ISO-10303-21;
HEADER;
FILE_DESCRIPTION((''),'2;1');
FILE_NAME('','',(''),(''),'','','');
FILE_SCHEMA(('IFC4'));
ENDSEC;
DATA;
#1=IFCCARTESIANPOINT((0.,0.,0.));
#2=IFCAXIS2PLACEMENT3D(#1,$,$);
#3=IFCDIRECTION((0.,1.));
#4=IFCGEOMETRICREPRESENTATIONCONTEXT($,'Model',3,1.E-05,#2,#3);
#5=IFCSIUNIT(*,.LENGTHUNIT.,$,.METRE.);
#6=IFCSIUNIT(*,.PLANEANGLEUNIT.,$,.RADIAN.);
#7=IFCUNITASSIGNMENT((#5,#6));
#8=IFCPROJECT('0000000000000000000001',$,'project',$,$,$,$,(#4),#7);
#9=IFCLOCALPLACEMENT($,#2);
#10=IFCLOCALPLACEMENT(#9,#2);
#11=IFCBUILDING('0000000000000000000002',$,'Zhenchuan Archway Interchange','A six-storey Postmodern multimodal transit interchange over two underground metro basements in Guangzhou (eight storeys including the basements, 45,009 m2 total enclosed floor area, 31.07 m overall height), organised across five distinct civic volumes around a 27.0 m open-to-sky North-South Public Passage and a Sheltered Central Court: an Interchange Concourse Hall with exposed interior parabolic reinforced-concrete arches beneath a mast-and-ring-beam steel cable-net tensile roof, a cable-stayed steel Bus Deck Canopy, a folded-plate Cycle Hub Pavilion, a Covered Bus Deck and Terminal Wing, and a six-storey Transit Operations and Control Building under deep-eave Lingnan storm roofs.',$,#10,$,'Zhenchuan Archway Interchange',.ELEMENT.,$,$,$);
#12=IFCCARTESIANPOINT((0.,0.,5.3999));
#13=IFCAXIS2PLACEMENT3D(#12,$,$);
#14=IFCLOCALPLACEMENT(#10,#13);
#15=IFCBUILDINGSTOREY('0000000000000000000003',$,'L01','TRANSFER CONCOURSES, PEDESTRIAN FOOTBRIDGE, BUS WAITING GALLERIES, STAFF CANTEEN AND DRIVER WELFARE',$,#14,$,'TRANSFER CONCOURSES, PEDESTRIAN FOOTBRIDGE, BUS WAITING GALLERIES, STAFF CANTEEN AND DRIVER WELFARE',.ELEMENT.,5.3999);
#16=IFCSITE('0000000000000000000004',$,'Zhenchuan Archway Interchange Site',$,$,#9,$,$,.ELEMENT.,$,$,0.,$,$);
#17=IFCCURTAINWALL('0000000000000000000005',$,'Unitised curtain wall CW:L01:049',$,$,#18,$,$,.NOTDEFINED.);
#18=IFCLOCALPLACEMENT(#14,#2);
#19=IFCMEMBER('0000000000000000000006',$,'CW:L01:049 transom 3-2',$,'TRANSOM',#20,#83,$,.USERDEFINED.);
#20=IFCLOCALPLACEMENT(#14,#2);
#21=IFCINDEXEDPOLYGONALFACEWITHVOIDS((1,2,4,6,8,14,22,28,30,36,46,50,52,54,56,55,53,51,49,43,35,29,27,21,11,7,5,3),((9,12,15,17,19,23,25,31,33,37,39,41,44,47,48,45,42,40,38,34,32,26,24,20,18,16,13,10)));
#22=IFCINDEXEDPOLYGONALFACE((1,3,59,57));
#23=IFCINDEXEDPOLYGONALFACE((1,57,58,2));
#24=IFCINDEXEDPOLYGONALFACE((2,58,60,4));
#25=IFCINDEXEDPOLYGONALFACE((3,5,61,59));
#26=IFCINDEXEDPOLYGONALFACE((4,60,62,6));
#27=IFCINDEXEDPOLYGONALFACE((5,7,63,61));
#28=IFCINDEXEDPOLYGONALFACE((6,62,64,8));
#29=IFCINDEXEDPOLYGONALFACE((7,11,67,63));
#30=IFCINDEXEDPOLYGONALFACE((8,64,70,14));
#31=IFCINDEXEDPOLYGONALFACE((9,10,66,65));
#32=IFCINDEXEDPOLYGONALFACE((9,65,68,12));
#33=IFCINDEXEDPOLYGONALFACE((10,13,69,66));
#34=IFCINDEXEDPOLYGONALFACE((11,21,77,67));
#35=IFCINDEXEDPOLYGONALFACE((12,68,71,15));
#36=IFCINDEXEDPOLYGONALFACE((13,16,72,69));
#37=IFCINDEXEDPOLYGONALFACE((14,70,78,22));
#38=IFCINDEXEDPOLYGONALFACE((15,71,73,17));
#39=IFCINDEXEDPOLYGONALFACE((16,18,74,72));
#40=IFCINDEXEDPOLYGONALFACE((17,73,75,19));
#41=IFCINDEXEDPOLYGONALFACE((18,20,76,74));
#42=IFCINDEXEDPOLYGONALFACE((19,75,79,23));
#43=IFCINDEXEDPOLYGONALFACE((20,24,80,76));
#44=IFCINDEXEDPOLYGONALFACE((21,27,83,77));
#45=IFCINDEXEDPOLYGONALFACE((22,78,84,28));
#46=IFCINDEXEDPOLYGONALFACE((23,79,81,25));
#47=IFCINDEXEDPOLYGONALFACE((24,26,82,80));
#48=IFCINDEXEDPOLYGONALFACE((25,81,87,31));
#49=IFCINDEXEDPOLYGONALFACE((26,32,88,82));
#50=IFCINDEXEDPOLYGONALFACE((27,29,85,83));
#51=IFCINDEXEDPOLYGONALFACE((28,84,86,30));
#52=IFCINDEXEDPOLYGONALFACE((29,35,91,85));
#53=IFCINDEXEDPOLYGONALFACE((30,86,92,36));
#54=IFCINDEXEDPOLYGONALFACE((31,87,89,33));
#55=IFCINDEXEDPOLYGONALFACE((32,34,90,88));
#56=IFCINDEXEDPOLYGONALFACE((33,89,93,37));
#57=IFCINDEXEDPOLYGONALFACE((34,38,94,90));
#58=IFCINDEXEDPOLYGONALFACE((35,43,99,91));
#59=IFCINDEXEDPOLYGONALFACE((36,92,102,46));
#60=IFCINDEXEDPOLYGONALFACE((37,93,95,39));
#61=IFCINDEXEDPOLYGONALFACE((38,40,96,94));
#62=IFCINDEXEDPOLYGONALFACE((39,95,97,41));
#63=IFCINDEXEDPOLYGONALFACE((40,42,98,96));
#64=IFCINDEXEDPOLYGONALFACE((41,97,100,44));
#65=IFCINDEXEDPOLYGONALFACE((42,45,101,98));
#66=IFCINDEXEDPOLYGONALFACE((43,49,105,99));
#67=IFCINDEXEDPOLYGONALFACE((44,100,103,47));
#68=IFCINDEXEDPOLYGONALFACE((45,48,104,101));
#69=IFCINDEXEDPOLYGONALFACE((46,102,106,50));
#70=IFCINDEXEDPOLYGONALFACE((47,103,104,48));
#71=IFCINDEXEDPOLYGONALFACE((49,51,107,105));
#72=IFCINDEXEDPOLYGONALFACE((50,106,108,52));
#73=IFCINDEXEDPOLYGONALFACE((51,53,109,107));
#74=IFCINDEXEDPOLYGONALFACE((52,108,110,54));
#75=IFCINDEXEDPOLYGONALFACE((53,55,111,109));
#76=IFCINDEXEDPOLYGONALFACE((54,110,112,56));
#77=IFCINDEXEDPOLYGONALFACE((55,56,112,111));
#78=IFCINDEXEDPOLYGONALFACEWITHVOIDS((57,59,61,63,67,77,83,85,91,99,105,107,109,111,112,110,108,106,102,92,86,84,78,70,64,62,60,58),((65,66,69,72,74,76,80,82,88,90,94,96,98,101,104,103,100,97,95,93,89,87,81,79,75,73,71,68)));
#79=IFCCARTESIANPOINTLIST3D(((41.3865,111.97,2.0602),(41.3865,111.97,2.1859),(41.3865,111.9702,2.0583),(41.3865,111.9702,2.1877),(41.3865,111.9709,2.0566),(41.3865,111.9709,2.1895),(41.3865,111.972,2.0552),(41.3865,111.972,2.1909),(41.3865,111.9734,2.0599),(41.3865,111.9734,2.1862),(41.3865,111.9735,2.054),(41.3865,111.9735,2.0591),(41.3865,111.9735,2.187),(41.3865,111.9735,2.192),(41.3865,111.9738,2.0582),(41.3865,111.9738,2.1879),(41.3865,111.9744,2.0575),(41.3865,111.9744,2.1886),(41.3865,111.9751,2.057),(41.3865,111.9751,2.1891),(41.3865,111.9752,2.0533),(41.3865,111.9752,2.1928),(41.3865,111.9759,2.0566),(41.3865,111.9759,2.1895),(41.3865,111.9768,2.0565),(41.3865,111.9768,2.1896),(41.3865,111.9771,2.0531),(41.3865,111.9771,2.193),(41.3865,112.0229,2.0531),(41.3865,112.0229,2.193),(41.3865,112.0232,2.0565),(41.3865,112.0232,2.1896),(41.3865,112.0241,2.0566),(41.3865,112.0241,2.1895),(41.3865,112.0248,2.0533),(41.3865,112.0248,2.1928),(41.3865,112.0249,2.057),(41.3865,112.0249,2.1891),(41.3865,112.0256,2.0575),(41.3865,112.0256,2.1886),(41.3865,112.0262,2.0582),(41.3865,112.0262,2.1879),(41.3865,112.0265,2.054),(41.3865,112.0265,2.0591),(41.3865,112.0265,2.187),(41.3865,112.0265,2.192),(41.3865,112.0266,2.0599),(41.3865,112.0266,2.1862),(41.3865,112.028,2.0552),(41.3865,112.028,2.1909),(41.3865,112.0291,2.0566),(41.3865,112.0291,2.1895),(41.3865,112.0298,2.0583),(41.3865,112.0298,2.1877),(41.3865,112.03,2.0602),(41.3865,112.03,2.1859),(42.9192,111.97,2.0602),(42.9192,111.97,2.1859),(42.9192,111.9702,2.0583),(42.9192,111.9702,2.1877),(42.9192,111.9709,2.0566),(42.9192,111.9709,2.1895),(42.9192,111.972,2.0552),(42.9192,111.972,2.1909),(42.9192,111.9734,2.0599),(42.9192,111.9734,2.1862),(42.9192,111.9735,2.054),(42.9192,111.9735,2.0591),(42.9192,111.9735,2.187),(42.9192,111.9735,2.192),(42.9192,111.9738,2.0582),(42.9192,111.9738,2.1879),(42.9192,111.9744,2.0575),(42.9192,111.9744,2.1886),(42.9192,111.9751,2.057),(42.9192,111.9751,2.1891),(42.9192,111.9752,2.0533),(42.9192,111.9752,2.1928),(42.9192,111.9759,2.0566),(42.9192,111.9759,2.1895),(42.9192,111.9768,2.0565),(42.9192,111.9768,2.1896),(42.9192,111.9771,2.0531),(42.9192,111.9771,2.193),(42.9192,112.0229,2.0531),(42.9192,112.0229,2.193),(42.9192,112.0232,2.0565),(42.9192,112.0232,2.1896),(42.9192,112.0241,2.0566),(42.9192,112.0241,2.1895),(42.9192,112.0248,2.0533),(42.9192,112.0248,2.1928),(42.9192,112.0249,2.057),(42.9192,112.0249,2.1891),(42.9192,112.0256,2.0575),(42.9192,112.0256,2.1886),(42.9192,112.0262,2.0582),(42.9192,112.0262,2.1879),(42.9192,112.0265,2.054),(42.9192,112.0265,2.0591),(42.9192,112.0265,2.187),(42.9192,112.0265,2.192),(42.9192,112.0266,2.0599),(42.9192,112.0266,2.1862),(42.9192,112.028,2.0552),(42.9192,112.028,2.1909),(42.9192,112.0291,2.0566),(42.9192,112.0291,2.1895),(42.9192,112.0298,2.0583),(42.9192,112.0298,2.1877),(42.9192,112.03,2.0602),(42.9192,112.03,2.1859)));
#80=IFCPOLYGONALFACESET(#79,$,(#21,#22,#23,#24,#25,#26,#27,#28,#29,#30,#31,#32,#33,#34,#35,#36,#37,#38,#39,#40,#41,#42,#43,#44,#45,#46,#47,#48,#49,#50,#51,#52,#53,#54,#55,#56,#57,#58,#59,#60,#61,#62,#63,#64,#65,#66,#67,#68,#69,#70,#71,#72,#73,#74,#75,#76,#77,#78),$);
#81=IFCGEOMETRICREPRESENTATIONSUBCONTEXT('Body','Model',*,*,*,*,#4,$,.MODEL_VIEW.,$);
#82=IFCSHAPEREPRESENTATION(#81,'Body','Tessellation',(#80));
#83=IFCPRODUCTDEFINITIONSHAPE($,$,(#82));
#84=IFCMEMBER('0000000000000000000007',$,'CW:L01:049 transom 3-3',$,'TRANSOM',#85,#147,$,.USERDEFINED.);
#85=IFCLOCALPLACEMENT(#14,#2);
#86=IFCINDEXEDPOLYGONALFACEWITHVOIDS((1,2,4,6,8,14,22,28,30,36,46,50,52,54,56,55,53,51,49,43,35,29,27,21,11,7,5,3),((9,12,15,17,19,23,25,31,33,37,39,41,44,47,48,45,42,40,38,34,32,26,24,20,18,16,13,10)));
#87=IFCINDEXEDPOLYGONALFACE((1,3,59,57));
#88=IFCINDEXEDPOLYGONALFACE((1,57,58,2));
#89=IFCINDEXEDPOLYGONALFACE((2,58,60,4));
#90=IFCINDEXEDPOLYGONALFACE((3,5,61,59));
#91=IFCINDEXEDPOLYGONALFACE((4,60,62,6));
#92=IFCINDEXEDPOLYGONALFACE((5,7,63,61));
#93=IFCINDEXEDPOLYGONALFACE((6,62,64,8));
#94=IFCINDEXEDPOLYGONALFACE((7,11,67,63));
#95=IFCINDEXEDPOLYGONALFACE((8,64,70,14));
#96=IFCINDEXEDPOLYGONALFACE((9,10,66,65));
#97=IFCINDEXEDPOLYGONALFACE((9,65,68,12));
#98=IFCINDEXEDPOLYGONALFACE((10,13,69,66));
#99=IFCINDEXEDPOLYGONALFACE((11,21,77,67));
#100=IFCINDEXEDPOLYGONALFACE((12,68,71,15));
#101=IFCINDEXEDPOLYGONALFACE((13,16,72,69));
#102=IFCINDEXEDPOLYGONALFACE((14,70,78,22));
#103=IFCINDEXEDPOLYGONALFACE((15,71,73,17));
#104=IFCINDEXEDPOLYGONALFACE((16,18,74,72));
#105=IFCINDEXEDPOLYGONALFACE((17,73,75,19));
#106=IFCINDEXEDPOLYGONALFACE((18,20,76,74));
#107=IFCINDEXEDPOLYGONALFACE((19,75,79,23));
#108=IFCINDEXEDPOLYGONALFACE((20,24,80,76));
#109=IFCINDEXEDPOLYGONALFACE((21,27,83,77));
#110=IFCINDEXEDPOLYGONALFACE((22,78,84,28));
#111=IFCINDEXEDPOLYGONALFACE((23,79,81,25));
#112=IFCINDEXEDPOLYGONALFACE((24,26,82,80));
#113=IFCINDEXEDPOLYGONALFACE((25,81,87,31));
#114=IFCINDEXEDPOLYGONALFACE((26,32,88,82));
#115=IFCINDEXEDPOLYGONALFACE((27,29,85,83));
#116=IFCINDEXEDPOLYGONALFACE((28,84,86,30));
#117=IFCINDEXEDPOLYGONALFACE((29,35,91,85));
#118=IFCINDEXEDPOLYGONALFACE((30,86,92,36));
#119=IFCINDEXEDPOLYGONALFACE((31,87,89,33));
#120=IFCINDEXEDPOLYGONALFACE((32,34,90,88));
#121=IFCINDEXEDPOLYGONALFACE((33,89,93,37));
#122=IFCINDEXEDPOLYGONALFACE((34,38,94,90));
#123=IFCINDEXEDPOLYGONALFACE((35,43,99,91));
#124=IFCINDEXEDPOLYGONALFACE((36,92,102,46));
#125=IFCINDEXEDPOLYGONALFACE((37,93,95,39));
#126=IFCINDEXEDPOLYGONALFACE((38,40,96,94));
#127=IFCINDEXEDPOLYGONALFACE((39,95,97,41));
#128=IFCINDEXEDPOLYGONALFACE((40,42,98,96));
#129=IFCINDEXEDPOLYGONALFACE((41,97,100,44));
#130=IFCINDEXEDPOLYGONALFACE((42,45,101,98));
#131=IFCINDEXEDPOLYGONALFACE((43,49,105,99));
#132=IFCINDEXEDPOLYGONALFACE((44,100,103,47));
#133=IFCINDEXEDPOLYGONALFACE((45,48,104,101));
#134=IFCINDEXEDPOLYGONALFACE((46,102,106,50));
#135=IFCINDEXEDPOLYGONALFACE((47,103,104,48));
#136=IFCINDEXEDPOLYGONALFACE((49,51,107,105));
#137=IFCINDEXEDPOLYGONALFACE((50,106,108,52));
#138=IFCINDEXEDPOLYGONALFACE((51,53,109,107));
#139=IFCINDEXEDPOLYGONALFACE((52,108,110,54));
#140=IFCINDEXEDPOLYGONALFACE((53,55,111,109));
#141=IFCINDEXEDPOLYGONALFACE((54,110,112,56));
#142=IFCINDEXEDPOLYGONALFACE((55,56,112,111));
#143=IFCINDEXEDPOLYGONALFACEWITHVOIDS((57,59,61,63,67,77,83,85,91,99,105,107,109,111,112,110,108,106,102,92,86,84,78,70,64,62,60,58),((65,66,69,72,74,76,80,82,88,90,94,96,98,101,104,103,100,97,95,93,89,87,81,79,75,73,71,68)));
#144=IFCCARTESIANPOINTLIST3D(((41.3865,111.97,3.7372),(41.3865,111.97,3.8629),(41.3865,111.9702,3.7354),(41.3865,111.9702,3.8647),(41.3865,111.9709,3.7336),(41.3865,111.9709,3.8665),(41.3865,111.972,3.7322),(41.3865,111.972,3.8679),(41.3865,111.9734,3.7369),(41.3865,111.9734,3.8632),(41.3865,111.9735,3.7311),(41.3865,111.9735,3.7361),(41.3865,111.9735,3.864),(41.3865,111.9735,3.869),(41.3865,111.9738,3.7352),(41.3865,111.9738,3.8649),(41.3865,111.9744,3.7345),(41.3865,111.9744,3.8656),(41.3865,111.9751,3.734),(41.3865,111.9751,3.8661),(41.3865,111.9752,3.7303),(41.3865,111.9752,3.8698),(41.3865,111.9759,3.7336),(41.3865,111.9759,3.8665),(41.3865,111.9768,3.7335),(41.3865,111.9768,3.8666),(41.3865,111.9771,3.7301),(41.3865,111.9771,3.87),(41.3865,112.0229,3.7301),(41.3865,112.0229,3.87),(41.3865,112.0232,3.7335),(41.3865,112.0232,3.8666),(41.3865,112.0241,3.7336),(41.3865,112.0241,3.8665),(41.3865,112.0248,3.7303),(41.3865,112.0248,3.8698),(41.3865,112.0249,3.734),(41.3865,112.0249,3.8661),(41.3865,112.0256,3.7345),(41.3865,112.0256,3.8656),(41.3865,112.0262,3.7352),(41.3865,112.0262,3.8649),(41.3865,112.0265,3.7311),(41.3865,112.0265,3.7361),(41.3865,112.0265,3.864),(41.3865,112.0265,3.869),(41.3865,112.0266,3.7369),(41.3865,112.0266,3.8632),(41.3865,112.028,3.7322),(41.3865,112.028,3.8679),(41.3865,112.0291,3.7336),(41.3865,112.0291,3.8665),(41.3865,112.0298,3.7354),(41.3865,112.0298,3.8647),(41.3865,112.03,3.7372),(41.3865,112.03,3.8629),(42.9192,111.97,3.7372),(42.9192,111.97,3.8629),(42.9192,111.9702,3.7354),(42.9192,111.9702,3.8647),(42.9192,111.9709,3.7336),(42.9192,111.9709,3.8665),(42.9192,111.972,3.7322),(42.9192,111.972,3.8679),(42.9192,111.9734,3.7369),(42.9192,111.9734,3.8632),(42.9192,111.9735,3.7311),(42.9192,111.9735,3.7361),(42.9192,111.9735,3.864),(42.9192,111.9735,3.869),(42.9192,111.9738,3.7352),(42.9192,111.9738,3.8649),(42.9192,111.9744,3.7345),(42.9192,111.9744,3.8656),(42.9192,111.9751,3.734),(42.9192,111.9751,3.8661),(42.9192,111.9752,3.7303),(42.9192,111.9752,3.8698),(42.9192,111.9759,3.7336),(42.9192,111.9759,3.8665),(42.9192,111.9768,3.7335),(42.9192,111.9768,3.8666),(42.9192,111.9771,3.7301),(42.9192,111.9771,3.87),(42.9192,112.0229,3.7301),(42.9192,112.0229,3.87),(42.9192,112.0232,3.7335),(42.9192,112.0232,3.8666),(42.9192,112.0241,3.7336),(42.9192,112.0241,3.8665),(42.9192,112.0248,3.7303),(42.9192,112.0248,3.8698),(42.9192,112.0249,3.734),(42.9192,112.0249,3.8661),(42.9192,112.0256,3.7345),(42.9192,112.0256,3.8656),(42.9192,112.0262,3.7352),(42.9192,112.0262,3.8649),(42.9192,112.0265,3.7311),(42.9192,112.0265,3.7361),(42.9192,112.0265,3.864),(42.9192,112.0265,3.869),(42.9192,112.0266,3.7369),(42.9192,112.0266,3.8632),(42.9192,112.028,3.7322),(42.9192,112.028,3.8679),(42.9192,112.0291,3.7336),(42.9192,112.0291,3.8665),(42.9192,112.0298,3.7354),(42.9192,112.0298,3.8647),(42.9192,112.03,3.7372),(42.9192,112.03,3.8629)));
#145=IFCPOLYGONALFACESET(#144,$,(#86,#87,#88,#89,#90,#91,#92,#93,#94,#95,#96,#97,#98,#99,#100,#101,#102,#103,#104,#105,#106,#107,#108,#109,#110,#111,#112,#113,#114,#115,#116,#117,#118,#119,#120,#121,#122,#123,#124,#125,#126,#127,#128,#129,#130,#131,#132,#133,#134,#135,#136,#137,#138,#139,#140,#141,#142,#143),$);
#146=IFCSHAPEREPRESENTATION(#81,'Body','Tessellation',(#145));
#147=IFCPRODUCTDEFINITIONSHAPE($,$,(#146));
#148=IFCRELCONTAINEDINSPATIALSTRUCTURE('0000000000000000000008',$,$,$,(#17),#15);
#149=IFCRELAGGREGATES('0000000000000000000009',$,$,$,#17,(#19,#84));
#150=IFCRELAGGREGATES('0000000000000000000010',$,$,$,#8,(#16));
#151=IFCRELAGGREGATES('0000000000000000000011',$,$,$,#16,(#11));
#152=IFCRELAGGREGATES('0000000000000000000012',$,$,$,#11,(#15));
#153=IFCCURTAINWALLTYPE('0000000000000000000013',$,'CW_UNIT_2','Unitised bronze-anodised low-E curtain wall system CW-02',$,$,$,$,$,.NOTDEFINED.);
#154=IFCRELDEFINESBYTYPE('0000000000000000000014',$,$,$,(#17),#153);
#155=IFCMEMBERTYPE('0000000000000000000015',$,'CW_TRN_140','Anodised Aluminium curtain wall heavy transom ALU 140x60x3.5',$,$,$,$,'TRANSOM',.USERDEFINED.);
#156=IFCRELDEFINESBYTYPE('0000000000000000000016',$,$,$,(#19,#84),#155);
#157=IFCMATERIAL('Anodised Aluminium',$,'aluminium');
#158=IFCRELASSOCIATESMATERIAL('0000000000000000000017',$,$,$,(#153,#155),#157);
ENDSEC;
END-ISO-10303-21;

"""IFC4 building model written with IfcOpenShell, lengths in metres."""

from ifc_helpers import new_model, si_unit, direction, frame, origin, origin_2d, place, context, subcontext, project, spatial, hollow_rectangle, extrude, material, material_profile, profile_set, type_object, element, aggregate, save


model = new_model("IFC4")

# Units and contexts
model_context = context("Model", 3, precision=1e-05, world=origin(), true_north=direction((0.0, 1.0)))
body_context = subcontext(model_context, "Body", "Model", "MODEL_VIEW")
ifc_project = project(units=[si_unit("LENGTHUNIT", "METRE"), si_unit("PLANEANGLEUNIT", "RADIAN")], contexts=[model_context])

# Site, building, storey
site_placement = place(None, origin())
site = spatial("IfcSite", under=ifc_project, at=site_placement, Name="Zhenchuan Archway Interchange Site", CompositionType="ELEMENT", RefElevation=0.0)
building_placement = place(site_placement, origin())
building = spatial("IfcBuilding", under=site, at=building_placement, Name="Zhenchuan Archway Interchange", Description="A six-storey Postmodern multimodal transit interchange over two underground metro basements in Guangzhou (eight storeys including the basements, 45,009 m2 total enclosed floor area, 31.07 m overall height), organised across five distinct civic volumes around a 27.0 m open-to-sky North-South Public Passage and a Sheltered Central Court: an Interchange Concourse Hall with exposed interior parabolic reinforced-concrete arches beneath a mast-and-ring-beam steel cable-net tensile roof, a cable-stayed steel Bus Deck Canopy, a folded-plate Cycle Hub Pavilion, a Covered Bus Deck and Terminal Wing, and a six-storey Transit Operations and Control Building under deep-eave Lingnan storm roofs.", LongName="Zhenchuan Archway Interchange", CompositionType="ELEMENT")
storey_placement = place(building_placement, frame((0.0, 0.0, 5.3999)))
storey = spatial("IfcBuildingStorey", under=building, at=storey_placement, Name="L01", Description="TRANSFER CONCOURSES, PEDESTRIAN FOOTBRIDGE, BUS WAITING GALLERIES, STAFF CANTEEN AND DRIVER WELFARE", LongName="TRANSFER CONCOURSES, PEDESTRIAN FOOTBRIDGE, BUS WAITING GALLERIES, STAFF CANTEEN AND DRIVER WELFARE", CompositionType="ELEMENT", Elevation=5.3999)

# Curtain wall, members
ifc_material_1 = material(Name="Anodised Aluminium", Category="aluminium")
curtain_wall_type_1 = type_object("IfcCurtainWallType", Name="CW_UNIT_2", Description="Unitised bronze-anodised low-E curtain wall system CW-02", PredefinedType="NOTDEFINED", material=ifc_material_1)
curtain_wall_1_placement = place(storey_placement, origin())
curtain_wall_1 = element("IfcCurtainWall", 1, at=curtain_wall_1_placement, inside=storey, type_object=curtain_wall_type_1, Name="Unitised curtain wall CW:L01:049", PredefinedType="NOTDEFINED")
ifc_material_profile_1 = material_profile(ifc_material_1, hollow_rectangle(XDim=0.0601, YDim=0.1399, WallThickness=0.0034, InnerFilletRadius=0.0034, OuterFilletRadius=0.0071, at=origin_2d()), Name="ALU 140x60x3.5")
ifc_profile_set_1 = profile_set([ifc_material_profile_1], Name="Anodised Aluminium")
member_type_1 = type_object("IfcMemberType", Name="CW_TRN_140", Description="Anodised Aluminium curtain wall heavy transom ALU 140x60x3.5", ElementType="TRANSOM", PredefinedType="USERDEFINED", material=ifc_profile_set_1)
member_1_placement = place(storey_placement, frame((41.3865, 112.0, 2.123), z_axis=(1.0, 0.0, 0.0), x_axis=(0.0, 1.0, 0.0)))
member_1 = element("IfcMember", 2, at=member_1_placement, type_object=member_type_1, Name="CW:L01:049 transom 3-2", ObjectType="TRANSOM", PredefinedType="USERDEFINED", context=body_context, shape_type="SweptSolid", body=[
    extrude(hollow_rectangle(XDim=0.0601, YDim=0.1399, WallThickness=0.0034, InnerFilletRadius=0.0034, OuterFilletRadius=0.0071, at=origin_2d()), origin(), (0.0, 0.0, 1.0), 1.5327),
])
member_2_placement = place(storey_placement, frame((41.3865, 112.0, 3.8), z_axis=(1.0, 0.0, 0.0), x_axis=(0.0, 1.0, 0.0)))
member_2 = element("IfcMember", 3, at=member_2_placement, type_object=member_type_1, Name="CW:L01:049 transom 3-3", ObjectType="TRANSOM", PredefinedType="USERDEFINED", context=body_context, shape_type="SweptSolid", body=[
    extrude(hollow_rectangle(XDim=0.0601, YDim=0.1399, WallThickness=0.0034, InnerFilletRadius=0.0034, OuterFilletRadius=0.0071, at=origin_2d()), origin(), (0.0, 0.0, 1.0), 1.5327),
])

aggregate(curtain_wall_1, [member_1, member_2])

save(model, "model.ifc")
